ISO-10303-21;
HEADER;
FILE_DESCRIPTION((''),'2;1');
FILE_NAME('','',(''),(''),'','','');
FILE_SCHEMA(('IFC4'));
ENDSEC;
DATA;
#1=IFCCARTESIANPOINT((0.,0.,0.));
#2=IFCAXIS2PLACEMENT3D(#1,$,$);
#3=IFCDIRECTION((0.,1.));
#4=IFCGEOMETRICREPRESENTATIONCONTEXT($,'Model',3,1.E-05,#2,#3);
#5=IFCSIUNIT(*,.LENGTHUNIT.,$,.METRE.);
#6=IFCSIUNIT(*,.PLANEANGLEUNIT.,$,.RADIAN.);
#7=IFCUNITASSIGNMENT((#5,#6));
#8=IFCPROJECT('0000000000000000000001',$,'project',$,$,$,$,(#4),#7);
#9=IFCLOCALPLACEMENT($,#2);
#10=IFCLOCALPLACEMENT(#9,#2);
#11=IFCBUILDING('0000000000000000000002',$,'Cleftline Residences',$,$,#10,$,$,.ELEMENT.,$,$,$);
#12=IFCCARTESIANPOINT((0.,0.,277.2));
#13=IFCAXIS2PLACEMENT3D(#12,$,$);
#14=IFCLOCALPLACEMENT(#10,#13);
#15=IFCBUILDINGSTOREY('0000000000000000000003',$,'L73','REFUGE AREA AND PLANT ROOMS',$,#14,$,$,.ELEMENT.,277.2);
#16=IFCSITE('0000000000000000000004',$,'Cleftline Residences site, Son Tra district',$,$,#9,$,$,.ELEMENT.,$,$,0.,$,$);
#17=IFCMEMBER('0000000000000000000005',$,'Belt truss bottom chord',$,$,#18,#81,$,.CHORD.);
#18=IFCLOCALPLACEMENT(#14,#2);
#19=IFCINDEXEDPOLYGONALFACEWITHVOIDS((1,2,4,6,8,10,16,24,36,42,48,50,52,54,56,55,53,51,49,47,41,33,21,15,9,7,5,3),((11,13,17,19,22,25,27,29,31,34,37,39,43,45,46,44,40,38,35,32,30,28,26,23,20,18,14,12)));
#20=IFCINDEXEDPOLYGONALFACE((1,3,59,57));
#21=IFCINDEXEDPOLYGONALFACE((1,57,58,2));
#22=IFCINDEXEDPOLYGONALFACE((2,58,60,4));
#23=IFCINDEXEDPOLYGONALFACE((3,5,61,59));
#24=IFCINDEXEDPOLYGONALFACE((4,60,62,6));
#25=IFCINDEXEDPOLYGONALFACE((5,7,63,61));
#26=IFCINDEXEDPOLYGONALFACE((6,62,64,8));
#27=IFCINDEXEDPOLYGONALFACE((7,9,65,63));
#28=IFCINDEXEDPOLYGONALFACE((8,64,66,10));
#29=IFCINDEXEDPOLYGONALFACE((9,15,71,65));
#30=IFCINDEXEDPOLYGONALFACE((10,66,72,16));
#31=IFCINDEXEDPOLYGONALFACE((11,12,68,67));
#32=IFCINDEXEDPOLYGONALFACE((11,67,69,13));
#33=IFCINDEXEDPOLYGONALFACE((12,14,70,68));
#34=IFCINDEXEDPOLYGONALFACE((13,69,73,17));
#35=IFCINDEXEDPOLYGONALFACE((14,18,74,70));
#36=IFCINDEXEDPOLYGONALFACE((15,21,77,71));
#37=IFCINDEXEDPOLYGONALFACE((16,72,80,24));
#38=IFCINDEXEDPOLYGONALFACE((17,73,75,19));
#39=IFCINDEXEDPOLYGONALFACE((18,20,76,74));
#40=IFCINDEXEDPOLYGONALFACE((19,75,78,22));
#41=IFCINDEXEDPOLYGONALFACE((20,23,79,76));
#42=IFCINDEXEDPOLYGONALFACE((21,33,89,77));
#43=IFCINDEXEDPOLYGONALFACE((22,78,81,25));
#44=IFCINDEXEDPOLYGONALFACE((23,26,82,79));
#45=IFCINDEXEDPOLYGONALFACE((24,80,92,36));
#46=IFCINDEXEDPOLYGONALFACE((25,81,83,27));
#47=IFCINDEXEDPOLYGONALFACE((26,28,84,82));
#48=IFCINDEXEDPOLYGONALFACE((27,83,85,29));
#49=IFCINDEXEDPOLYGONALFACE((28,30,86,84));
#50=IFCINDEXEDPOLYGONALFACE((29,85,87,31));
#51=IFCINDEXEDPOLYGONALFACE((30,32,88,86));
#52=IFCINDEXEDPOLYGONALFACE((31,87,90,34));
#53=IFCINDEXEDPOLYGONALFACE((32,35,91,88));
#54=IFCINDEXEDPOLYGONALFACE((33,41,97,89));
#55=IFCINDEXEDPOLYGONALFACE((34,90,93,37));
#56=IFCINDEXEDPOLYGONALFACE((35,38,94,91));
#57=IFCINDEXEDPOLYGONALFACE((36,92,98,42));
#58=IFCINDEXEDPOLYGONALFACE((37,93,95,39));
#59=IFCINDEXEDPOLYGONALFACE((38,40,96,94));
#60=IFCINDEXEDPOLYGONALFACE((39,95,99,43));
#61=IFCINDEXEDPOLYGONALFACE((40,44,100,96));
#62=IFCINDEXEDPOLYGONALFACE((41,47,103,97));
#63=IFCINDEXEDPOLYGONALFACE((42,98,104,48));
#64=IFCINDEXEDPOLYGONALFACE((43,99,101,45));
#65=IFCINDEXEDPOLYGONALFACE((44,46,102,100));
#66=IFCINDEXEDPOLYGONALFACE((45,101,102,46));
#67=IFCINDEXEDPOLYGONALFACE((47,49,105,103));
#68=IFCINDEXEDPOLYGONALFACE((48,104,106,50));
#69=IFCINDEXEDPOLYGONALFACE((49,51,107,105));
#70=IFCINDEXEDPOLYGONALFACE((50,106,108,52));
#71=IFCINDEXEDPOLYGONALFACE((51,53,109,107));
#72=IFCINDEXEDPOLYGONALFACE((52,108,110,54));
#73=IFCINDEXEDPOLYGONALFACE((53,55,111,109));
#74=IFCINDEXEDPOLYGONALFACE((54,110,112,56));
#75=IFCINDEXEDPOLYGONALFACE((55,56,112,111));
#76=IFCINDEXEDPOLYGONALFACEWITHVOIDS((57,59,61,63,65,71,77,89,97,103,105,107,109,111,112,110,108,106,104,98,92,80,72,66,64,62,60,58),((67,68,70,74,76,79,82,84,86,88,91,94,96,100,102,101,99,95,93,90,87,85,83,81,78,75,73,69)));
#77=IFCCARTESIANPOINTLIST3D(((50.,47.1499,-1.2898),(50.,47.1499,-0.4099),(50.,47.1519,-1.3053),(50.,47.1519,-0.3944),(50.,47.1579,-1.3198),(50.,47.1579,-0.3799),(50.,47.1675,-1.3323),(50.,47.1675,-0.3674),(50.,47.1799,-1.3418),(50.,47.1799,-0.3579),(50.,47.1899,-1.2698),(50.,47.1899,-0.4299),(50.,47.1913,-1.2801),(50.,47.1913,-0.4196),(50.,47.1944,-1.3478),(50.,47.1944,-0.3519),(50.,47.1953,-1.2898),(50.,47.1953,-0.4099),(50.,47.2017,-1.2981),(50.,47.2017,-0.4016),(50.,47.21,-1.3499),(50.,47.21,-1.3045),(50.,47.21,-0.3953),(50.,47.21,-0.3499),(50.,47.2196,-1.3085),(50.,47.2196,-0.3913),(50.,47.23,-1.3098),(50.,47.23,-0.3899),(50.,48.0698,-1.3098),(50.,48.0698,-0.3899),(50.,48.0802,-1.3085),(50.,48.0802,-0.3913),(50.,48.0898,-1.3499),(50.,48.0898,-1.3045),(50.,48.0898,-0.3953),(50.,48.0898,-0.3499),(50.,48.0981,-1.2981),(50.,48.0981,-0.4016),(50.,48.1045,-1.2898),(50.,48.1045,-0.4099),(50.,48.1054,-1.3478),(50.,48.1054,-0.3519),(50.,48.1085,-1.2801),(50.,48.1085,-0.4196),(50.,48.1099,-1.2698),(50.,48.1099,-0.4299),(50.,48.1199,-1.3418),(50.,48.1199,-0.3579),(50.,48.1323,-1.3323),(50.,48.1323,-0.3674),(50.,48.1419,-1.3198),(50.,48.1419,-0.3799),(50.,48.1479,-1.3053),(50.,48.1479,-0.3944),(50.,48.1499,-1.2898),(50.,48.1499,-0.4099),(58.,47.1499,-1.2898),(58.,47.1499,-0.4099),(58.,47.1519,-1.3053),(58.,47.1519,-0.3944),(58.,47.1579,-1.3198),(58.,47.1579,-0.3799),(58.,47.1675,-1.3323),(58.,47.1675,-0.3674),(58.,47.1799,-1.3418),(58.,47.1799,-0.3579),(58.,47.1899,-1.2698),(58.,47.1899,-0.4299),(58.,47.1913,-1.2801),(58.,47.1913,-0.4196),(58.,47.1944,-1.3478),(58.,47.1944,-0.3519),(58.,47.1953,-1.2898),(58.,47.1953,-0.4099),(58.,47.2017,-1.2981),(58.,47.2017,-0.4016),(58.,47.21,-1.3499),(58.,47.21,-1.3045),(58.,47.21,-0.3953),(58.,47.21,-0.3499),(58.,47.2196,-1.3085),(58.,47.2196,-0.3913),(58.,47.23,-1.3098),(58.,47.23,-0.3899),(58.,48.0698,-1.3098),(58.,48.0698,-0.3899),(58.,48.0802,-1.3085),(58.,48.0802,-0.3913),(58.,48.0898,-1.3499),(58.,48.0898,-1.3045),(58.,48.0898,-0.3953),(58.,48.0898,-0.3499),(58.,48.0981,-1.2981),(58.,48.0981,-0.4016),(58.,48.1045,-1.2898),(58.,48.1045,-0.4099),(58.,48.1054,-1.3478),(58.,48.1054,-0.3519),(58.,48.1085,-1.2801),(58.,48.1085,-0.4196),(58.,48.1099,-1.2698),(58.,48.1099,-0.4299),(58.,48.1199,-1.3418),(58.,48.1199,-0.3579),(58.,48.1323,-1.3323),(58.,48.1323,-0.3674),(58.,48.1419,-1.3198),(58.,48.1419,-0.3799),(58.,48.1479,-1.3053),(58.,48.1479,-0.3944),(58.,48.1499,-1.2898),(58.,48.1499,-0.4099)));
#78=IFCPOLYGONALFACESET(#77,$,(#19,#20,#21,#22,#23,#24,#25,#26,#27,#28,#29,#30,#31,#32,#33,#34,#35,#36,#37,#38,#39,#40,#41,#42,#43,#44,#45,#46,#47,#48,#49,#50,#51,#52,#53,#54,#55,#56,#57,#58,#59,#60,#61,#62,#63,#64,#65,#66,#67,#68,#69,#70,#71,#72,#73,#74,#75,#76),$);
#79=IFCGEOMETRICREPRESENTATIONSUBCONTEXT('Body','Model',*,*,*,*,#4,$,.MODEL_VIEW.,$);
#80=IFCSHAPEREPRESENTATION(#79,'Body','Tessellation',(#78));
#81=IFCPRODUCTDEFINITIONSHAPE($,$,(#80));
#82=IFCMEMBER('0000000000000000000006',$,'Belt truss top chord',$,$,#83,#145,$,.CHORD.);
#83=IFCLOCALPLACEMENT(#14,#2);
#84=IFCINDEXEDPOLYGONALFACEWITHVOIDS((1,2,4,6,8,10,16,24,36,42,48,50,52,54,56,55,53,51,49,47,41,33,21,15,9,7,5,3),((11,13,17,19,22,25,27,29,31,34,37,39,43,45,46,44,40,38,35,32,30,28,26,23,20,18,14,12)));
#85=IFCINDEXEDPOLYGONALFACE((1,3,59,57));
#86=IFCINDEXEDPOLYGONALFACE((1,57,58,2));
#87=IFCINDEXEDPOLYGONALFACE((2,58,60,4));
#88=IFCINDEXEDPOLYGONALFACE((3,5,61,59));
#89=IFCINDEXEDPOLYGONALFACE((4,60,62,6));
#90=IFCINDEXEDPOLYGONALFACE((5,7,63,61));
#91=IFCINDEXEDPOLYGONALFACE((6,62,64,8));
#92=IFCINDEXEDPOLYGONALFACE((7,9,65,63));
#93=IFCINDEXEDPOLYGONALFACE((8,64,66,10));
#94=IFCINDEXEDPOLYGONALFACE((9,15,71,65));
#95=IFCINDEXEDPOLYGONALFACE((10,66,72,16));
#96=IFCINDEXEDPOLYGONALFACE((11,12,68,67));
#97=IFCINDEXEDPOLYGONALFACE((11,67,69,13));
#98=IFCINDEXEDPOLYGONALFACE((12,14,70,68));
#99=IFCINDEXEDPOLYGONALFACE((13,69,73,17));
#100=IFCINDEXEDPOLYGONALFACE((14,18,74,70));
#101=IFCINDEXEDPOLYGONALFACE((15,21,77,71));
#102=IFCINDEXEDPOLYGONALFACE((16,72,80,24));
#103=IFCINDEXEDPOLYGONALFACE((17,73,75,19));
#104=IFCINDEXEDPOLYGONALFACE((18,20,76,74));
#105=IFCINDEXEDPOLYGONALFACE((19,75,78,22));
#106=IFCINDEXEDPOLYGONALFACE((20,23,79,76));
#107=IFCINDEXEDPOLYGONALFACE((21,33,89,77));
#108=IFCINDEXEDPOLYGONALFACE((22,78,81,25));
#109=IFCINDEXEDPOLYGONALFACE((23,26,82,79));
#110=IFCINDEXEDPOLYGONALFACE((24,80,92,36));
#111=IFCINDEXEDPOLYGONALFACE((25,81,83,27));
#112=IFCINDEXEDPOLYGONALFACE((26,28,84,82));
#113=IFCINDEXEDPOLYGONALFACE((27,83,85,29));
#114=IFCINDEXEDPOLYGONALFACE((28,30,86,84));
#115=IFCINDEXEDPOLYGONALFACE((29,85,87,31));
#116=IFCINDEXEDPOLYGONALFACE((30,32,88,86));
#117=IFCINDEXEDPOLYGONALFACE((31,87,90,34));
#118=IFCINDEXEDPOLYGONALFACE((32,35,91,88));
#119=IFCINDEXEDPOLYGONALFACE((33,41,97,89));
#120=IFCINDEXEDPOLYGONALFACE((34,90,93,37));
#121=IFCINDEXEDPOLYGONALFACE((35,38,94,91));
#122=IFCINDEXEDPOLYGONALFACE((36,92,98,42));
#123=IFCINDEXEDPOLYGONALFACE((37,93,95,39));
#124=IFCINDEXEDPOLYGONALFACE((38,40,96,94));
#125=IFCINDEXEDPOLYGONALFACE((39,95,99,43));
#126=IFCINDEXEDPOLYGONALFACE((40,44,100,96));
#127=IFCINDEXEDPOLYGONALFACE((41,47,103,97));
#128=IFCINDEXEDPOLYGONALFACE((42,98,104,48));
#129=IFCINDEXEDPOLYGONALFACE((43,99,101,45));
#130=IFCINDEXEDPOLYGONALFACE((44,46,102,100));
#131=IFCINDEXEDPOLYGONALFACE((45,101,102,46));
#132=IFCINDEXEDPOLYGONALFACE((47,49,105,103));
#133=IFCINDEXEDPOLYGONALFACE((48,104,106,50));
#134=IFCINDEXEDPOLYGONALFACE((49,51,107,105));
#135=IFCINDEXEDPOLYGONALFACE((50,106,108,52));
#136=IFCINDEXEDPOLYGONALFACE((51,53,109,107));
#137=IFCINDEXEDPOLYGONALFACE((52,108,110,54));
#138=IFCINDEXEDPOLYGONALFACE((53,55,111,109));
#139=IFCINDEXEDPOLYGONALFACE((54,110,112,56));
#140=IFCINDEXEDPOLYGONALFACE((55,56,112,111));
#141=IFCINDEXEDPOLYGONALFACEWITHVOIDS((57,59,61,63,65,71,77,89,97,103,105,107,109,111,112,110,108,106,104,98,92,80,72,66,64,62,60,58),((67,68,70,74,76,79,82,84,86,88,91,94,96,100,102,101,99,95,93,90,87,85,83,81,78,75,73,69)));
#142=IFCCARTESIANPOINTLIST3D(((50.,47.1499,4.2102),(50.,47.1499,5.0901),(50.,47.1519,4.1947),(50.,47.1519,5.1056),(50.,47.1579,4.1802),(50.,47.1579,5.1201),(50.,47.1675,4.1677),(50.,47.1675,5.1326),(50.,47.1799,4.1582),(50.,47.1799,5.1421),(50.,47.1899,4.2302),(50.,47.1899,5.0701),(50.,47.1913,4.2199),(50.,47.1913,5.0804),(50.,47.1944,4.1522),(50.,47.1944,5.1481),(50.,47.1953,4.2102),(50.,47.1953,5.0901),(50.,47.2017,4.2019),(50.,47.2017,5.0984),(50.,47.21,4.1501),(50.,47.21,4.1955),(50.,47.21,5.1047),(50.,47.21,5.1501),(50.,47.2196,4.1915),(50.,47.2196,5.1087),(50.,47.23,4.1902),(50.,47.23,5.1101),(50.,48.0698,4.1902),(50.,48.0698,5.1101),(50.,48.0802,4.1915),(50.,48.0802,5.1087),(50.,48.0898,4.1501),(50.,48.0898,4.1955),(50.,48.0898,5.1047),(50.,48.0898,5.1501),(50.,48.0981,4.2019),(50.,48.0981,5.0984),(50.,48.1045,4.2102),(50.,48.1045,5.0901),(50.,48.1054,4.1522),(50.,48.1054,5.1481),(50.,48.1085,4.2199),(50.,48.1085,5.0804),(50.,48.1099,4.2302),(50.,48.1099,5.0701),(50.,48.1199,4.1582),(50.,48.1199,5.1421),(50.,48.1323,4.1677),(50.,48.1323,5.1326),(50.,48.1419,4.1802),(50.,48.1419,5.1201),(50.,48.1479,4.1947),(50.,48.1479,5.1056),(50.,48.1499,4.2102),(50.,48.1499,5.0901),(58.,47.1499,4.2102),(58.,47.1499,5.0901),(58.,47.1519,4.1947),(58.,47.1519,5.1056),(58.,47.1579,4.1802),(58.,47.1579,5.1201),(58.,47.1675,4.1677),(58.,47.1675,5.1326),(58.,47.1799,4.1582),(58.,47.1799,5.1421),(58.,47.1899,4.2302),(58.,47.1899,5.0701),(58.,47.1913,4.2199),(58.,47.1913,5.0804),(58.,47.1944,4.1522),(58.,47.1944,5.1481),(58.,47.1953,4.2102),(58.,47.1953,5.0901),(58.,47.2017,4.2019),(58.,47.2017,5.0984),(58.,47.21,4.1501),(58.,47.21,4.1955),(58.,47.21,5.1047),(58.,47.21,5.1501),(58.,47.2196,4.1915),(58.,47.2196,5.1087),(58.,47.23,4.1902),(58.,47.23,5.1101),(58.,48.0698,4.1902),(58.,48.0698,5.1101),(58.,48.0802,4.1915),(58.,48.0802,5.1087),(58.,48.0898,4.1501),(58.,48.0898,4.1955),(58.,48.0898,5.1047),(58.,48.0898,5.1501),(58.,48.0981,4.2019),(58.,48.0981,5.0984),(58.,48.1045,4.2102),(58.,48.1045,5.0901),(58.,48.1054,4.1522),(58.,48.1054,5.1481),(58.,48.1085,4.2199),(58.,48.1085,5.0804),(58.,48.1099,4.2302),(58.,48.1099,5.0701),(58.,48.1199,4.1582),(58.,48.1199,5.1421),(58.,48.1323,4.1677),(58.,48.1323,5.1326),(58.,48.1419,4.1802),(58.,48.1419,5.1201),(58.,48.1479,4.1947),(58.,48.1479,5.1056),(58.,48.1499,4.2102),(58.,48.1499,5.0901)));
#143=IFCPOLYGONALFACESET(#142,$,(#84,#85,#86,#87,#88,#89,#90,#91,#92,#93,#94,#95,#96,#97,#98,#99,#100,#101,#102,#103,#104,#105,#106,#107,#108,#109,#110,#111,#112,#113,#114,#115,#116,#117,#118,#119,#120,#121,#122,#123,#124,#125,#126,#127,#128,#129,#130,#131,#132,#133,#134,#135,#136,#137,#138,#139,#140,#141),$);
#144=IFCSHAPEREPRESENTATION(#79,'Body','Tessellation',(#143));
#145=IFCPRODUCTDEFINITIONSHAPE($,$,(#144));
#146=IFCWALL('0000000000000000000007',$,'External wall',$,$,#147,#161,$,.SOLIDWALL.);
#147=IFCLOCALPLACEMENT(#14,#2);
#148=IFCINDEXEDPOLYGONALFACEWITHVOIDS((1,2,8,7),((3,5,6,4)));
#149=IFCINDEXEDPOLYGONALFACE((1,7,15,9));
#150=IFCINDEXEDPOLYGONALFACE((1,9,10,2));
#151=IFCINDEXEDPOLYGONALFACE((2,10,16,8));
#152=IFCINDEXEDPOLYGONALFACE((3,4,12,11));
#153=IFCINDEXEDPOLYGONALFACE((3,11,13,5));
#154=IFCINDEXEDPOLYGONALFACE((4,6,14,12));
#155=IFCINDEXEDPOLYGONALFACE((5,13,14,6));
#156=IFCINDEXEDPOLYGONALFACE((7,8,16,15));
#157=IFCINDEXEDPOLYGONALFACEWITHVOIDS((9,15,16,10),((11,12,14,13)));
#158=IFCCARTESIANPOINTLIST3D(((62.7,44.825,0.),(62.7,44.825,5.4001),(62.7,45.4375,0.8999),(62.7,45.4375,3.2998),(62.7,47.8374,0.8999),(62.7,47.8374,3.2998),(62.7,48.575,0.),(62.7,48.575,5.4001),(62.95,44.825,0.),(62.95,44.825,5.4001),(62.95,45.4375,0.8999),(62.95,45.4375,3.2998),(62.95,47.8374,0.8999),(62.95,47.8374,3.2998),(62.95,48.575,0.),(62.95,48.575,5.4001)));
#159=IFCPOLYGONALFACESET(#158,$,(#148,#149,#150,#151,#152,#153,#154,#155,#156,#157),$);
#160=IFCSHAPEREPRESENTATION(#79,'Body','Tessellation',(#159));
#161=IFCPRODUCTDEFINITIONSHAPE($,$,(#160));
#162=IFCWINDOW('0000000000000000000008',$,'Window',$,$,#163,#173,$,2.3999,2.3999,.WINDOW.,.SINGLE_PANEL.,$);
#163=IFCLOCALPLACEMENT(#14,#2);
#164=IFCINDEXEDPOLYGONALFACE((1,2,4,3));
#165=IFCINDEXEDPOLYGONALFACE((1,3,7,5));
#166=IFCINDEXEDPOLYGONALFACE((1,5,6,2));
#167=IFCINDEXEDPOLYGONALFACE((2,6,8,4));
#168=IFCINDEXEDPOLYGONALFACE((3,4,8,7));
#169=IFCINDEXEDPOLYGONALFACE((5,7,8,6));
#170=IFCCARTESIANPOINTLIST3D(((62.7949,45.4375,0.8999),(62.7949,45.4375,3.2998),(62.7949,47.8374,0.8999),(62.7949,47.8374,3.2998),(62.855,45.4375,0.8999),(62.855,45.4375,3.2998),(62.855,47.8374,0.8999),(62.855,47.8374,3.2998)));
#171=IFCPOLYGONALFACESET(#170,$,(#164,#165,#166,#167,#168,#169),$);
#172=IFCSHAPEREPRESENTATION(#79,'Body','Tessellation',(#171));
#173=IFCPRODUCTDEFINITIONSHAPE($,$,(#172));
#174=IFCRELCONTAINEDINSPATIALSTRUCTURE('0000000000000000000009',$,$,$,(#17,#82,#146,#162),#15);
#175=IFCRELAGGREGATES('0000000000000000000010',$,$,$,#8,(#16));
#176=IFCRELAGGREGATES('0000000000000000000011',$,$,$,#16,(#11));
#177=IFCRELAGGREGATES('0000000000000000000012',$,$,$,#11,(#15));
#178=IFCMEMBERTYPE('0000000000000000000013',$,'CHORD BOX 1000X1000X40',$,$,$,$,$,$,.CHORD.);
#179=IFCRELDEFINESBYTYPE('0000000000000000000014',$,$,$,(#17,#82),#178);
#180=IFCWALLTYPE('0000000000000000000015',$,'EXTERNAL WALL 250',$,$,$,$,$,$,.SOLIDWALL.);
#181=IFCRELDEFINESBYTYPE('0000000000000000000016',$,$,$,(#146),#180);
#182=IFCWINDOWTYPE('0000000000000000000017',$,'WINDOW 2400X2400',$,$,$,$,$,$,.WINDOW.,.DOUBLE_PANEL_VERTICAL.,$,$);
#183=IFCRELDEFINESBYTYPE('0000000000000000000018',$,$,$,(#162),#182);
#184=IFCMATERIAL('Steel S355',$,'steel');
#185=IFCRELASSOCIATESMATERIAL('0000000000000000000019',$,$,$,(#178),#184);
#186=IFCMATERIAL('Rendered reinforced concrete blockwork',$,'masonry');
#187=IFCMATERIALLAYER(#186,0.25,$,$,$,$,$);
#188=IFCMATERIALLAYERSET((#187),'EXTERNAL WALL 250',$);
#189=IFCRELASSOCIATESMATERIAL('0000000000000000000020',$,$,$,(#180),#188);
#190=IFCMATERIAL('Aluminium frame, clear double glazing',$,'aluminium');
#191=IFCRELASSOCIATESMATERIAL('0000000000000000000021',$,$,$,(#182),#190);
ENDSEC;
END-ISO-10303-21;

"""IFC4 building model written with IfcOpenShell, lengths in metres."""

from ifc_helpers import new_model, si_unit, direction, frame, frame_2d, origin, origin_2d, place, context, subcontext, project, spatial, rectangle, hollow_rectangle, extrude, material, layer, layer_set, material_profile, profile_set, type_object, element, fill, save


model = new_model("IFC4")

# Units and contexts
model_context = context("Model", 3, precision=1e-05, world=origin(), true_north=direction((0.0, 1.0)))
body_context = subcontext(model_context, "Body", "Model", "MODEL_VIEW")
ifc_project = project(units=[si_unit("LENGTHUNIT", "METRE"), si_unit("PLANEANGLEUNIT", "RADIAN")], contexts=[model_context])

# Site, building, storey
site_placement = place(None, origin())
site = spatial("IfcSite", under=ifc_project, at=site_placement, Name="Cleftline Residences site, Son Tra district", CompositionType="ELEMENT", RefElevation=0.0)
building_placement = place(site_placement, origin())
building = spatial("IfcBuilding", under=site, at=building_placement, Name="Cleftline Residences", CompositionType="ELEMENT")
storey_placement = place(building_placement, frame((0.0, 0.0, 277.2)))
storey = spatial("IfcBuildingStorey", under=building, at=storey_placement, Name="L73", Description="REFUGE AREA AND PLANT ROOMS", CompositionType="ELEMENT", Elevation=277.2)

# Members
ifc_material_1 = material(Name="Steel S355", Category="steel")
ifc_material_profile_1 = material_profile(ifc_material_1, hollow_rectangle(XDim=1.0, YDim=1.0, WallThickness=0.04, InnerFilletRadius=0.04, OuterFilletRadius=0.0601, at=origin_2d()))
ifc_profile_set_1 = profile_set([ifc_material_profile_1], Name="Steel S355")
member_type_1 = type_object("IfcMemberType", Name="CHORD BOX 1000X1000X40", PredefinedType="CHORD", material=ifc_profile_set_1)
for number, where, z_axis, x_axis, name in (
    (1, (50.0, 47.6499, -0.8499), (1.0, 0.0, 0.0), (0.0, 1.0, 0.0), "Belt truss bottom chord"),
    (2, (50.0, 47.6499, 4.6501), (1.0, 0.0, 0.0), (0.0, 1.0, 0.0), "Belt truss top chord"),
):
    element("IfcMember", number, at=place(storey_placement, frame(where, z_axis=z_axis, x_axis=x_axis)), inside=storey, type_object=member_type_1, Name=name, PredefinedType="CHORD", context=body_context, shape_type="SweptSolid", body=[
        extrude(hollow_rectangle(XDim=1.0, YDim=1.0, WallThickness=0.04, InnerFilletRadius=0.04, OuterFilletRadius=0.0601, at=origin_2d()), origin(), (0.0, 0.0, 1.0), 8.0),
    ])

# Wall, opening, window
ifc_material_2 = material(Name="Rendered reinforced concrete blockwork", Category="masonry")
ifc_layer_1 = layer(ifc_material_2, 0.25)
ifc_layer_set_1 = layer_set([ifc_layer_1], Name="EXTERNAL WALL 250")
wall_type_1 = type_object("IfcWallType", Name="EXTERNAL WALL 250", PredefinedType="SOLIDWALL", material=ifc_layer_set_1)
wall_1_placement = place(storey_placement, frame((62.825, 44.825, 0.0), z_axis=(0.0, 0.0, 1.0), x_axis=(0.0, 1.0, 0.0)))
wall_1 = element("IfcWall", 3, at=wall_1_placement, inside=storey, type_object=wall_type_1, Name="External wall", PredefinedType="SOLIDWALL", context=body_context, shape_type="SweptSolid", body=[
    extrude(rectangle(XDim=3.75, YDim=0.25, at=frame_2d((1.875, 0.0))), origin(), (0.0, 0.0, 1.0), 5.4001),
])
opening_1_placement = place(wall_1_placement, frame((0.6125, 0.0, 0.8999)))
opening_1 = element("IfcOpeningElement", 4, at=opening_1_placement, cuts=wall_1, PredefinedType="OPENING", context=body_context, shape_type="SweptSolid", body=[
    extrude(rectangle(XDim=2.3999, YDim=2.3999, at=frame_2d((1.2, 1.2))), frame((0.0, 0.135, 0.0), z_axis=(0.0, -1.0, 0.0), x_axis=(1.0, 0.0, 0.0)), (0.0, 0.0, 1.0), 0.27),
])
ifc_material_3 = material(Name="Aluminium frame, clear double glazing", Category="aluminium")
window_type = type_object("IfcWindowType", Name="WINDOW 2400X2400", PartitioningType="DOUBLE_PANEL_VERTICAL", PredefinedType="WINDOW", material=ifc_material_3)
window_1_placement = place(opening_1_placement, origin())
window_1 = element("IfcWindow", 5, at=window_1_placement, inside=storey, type_object=window_type, Name="Window", OverallHeight=2.3999, OverallWidth=2.3999, PartitioningType="SINGLE_PANEL", PredefinedType="WINDOW", context=body_context, shape_type="SweptSolid", body=[
    extrude(rectangle(XDim=2.3999, YDim=2.3999, at=frame_2d((1.2, 1.2))), frame((0.0, 0.03, 0.0), z_axis=(0.0, -1.0, 0.0), x_axis=(1.0, 0.0, 0.0)), (0.0, 0.0, 1.0), 0.0601),
])
fill(opening_1, window_1)

save(model, "model.ifc")
